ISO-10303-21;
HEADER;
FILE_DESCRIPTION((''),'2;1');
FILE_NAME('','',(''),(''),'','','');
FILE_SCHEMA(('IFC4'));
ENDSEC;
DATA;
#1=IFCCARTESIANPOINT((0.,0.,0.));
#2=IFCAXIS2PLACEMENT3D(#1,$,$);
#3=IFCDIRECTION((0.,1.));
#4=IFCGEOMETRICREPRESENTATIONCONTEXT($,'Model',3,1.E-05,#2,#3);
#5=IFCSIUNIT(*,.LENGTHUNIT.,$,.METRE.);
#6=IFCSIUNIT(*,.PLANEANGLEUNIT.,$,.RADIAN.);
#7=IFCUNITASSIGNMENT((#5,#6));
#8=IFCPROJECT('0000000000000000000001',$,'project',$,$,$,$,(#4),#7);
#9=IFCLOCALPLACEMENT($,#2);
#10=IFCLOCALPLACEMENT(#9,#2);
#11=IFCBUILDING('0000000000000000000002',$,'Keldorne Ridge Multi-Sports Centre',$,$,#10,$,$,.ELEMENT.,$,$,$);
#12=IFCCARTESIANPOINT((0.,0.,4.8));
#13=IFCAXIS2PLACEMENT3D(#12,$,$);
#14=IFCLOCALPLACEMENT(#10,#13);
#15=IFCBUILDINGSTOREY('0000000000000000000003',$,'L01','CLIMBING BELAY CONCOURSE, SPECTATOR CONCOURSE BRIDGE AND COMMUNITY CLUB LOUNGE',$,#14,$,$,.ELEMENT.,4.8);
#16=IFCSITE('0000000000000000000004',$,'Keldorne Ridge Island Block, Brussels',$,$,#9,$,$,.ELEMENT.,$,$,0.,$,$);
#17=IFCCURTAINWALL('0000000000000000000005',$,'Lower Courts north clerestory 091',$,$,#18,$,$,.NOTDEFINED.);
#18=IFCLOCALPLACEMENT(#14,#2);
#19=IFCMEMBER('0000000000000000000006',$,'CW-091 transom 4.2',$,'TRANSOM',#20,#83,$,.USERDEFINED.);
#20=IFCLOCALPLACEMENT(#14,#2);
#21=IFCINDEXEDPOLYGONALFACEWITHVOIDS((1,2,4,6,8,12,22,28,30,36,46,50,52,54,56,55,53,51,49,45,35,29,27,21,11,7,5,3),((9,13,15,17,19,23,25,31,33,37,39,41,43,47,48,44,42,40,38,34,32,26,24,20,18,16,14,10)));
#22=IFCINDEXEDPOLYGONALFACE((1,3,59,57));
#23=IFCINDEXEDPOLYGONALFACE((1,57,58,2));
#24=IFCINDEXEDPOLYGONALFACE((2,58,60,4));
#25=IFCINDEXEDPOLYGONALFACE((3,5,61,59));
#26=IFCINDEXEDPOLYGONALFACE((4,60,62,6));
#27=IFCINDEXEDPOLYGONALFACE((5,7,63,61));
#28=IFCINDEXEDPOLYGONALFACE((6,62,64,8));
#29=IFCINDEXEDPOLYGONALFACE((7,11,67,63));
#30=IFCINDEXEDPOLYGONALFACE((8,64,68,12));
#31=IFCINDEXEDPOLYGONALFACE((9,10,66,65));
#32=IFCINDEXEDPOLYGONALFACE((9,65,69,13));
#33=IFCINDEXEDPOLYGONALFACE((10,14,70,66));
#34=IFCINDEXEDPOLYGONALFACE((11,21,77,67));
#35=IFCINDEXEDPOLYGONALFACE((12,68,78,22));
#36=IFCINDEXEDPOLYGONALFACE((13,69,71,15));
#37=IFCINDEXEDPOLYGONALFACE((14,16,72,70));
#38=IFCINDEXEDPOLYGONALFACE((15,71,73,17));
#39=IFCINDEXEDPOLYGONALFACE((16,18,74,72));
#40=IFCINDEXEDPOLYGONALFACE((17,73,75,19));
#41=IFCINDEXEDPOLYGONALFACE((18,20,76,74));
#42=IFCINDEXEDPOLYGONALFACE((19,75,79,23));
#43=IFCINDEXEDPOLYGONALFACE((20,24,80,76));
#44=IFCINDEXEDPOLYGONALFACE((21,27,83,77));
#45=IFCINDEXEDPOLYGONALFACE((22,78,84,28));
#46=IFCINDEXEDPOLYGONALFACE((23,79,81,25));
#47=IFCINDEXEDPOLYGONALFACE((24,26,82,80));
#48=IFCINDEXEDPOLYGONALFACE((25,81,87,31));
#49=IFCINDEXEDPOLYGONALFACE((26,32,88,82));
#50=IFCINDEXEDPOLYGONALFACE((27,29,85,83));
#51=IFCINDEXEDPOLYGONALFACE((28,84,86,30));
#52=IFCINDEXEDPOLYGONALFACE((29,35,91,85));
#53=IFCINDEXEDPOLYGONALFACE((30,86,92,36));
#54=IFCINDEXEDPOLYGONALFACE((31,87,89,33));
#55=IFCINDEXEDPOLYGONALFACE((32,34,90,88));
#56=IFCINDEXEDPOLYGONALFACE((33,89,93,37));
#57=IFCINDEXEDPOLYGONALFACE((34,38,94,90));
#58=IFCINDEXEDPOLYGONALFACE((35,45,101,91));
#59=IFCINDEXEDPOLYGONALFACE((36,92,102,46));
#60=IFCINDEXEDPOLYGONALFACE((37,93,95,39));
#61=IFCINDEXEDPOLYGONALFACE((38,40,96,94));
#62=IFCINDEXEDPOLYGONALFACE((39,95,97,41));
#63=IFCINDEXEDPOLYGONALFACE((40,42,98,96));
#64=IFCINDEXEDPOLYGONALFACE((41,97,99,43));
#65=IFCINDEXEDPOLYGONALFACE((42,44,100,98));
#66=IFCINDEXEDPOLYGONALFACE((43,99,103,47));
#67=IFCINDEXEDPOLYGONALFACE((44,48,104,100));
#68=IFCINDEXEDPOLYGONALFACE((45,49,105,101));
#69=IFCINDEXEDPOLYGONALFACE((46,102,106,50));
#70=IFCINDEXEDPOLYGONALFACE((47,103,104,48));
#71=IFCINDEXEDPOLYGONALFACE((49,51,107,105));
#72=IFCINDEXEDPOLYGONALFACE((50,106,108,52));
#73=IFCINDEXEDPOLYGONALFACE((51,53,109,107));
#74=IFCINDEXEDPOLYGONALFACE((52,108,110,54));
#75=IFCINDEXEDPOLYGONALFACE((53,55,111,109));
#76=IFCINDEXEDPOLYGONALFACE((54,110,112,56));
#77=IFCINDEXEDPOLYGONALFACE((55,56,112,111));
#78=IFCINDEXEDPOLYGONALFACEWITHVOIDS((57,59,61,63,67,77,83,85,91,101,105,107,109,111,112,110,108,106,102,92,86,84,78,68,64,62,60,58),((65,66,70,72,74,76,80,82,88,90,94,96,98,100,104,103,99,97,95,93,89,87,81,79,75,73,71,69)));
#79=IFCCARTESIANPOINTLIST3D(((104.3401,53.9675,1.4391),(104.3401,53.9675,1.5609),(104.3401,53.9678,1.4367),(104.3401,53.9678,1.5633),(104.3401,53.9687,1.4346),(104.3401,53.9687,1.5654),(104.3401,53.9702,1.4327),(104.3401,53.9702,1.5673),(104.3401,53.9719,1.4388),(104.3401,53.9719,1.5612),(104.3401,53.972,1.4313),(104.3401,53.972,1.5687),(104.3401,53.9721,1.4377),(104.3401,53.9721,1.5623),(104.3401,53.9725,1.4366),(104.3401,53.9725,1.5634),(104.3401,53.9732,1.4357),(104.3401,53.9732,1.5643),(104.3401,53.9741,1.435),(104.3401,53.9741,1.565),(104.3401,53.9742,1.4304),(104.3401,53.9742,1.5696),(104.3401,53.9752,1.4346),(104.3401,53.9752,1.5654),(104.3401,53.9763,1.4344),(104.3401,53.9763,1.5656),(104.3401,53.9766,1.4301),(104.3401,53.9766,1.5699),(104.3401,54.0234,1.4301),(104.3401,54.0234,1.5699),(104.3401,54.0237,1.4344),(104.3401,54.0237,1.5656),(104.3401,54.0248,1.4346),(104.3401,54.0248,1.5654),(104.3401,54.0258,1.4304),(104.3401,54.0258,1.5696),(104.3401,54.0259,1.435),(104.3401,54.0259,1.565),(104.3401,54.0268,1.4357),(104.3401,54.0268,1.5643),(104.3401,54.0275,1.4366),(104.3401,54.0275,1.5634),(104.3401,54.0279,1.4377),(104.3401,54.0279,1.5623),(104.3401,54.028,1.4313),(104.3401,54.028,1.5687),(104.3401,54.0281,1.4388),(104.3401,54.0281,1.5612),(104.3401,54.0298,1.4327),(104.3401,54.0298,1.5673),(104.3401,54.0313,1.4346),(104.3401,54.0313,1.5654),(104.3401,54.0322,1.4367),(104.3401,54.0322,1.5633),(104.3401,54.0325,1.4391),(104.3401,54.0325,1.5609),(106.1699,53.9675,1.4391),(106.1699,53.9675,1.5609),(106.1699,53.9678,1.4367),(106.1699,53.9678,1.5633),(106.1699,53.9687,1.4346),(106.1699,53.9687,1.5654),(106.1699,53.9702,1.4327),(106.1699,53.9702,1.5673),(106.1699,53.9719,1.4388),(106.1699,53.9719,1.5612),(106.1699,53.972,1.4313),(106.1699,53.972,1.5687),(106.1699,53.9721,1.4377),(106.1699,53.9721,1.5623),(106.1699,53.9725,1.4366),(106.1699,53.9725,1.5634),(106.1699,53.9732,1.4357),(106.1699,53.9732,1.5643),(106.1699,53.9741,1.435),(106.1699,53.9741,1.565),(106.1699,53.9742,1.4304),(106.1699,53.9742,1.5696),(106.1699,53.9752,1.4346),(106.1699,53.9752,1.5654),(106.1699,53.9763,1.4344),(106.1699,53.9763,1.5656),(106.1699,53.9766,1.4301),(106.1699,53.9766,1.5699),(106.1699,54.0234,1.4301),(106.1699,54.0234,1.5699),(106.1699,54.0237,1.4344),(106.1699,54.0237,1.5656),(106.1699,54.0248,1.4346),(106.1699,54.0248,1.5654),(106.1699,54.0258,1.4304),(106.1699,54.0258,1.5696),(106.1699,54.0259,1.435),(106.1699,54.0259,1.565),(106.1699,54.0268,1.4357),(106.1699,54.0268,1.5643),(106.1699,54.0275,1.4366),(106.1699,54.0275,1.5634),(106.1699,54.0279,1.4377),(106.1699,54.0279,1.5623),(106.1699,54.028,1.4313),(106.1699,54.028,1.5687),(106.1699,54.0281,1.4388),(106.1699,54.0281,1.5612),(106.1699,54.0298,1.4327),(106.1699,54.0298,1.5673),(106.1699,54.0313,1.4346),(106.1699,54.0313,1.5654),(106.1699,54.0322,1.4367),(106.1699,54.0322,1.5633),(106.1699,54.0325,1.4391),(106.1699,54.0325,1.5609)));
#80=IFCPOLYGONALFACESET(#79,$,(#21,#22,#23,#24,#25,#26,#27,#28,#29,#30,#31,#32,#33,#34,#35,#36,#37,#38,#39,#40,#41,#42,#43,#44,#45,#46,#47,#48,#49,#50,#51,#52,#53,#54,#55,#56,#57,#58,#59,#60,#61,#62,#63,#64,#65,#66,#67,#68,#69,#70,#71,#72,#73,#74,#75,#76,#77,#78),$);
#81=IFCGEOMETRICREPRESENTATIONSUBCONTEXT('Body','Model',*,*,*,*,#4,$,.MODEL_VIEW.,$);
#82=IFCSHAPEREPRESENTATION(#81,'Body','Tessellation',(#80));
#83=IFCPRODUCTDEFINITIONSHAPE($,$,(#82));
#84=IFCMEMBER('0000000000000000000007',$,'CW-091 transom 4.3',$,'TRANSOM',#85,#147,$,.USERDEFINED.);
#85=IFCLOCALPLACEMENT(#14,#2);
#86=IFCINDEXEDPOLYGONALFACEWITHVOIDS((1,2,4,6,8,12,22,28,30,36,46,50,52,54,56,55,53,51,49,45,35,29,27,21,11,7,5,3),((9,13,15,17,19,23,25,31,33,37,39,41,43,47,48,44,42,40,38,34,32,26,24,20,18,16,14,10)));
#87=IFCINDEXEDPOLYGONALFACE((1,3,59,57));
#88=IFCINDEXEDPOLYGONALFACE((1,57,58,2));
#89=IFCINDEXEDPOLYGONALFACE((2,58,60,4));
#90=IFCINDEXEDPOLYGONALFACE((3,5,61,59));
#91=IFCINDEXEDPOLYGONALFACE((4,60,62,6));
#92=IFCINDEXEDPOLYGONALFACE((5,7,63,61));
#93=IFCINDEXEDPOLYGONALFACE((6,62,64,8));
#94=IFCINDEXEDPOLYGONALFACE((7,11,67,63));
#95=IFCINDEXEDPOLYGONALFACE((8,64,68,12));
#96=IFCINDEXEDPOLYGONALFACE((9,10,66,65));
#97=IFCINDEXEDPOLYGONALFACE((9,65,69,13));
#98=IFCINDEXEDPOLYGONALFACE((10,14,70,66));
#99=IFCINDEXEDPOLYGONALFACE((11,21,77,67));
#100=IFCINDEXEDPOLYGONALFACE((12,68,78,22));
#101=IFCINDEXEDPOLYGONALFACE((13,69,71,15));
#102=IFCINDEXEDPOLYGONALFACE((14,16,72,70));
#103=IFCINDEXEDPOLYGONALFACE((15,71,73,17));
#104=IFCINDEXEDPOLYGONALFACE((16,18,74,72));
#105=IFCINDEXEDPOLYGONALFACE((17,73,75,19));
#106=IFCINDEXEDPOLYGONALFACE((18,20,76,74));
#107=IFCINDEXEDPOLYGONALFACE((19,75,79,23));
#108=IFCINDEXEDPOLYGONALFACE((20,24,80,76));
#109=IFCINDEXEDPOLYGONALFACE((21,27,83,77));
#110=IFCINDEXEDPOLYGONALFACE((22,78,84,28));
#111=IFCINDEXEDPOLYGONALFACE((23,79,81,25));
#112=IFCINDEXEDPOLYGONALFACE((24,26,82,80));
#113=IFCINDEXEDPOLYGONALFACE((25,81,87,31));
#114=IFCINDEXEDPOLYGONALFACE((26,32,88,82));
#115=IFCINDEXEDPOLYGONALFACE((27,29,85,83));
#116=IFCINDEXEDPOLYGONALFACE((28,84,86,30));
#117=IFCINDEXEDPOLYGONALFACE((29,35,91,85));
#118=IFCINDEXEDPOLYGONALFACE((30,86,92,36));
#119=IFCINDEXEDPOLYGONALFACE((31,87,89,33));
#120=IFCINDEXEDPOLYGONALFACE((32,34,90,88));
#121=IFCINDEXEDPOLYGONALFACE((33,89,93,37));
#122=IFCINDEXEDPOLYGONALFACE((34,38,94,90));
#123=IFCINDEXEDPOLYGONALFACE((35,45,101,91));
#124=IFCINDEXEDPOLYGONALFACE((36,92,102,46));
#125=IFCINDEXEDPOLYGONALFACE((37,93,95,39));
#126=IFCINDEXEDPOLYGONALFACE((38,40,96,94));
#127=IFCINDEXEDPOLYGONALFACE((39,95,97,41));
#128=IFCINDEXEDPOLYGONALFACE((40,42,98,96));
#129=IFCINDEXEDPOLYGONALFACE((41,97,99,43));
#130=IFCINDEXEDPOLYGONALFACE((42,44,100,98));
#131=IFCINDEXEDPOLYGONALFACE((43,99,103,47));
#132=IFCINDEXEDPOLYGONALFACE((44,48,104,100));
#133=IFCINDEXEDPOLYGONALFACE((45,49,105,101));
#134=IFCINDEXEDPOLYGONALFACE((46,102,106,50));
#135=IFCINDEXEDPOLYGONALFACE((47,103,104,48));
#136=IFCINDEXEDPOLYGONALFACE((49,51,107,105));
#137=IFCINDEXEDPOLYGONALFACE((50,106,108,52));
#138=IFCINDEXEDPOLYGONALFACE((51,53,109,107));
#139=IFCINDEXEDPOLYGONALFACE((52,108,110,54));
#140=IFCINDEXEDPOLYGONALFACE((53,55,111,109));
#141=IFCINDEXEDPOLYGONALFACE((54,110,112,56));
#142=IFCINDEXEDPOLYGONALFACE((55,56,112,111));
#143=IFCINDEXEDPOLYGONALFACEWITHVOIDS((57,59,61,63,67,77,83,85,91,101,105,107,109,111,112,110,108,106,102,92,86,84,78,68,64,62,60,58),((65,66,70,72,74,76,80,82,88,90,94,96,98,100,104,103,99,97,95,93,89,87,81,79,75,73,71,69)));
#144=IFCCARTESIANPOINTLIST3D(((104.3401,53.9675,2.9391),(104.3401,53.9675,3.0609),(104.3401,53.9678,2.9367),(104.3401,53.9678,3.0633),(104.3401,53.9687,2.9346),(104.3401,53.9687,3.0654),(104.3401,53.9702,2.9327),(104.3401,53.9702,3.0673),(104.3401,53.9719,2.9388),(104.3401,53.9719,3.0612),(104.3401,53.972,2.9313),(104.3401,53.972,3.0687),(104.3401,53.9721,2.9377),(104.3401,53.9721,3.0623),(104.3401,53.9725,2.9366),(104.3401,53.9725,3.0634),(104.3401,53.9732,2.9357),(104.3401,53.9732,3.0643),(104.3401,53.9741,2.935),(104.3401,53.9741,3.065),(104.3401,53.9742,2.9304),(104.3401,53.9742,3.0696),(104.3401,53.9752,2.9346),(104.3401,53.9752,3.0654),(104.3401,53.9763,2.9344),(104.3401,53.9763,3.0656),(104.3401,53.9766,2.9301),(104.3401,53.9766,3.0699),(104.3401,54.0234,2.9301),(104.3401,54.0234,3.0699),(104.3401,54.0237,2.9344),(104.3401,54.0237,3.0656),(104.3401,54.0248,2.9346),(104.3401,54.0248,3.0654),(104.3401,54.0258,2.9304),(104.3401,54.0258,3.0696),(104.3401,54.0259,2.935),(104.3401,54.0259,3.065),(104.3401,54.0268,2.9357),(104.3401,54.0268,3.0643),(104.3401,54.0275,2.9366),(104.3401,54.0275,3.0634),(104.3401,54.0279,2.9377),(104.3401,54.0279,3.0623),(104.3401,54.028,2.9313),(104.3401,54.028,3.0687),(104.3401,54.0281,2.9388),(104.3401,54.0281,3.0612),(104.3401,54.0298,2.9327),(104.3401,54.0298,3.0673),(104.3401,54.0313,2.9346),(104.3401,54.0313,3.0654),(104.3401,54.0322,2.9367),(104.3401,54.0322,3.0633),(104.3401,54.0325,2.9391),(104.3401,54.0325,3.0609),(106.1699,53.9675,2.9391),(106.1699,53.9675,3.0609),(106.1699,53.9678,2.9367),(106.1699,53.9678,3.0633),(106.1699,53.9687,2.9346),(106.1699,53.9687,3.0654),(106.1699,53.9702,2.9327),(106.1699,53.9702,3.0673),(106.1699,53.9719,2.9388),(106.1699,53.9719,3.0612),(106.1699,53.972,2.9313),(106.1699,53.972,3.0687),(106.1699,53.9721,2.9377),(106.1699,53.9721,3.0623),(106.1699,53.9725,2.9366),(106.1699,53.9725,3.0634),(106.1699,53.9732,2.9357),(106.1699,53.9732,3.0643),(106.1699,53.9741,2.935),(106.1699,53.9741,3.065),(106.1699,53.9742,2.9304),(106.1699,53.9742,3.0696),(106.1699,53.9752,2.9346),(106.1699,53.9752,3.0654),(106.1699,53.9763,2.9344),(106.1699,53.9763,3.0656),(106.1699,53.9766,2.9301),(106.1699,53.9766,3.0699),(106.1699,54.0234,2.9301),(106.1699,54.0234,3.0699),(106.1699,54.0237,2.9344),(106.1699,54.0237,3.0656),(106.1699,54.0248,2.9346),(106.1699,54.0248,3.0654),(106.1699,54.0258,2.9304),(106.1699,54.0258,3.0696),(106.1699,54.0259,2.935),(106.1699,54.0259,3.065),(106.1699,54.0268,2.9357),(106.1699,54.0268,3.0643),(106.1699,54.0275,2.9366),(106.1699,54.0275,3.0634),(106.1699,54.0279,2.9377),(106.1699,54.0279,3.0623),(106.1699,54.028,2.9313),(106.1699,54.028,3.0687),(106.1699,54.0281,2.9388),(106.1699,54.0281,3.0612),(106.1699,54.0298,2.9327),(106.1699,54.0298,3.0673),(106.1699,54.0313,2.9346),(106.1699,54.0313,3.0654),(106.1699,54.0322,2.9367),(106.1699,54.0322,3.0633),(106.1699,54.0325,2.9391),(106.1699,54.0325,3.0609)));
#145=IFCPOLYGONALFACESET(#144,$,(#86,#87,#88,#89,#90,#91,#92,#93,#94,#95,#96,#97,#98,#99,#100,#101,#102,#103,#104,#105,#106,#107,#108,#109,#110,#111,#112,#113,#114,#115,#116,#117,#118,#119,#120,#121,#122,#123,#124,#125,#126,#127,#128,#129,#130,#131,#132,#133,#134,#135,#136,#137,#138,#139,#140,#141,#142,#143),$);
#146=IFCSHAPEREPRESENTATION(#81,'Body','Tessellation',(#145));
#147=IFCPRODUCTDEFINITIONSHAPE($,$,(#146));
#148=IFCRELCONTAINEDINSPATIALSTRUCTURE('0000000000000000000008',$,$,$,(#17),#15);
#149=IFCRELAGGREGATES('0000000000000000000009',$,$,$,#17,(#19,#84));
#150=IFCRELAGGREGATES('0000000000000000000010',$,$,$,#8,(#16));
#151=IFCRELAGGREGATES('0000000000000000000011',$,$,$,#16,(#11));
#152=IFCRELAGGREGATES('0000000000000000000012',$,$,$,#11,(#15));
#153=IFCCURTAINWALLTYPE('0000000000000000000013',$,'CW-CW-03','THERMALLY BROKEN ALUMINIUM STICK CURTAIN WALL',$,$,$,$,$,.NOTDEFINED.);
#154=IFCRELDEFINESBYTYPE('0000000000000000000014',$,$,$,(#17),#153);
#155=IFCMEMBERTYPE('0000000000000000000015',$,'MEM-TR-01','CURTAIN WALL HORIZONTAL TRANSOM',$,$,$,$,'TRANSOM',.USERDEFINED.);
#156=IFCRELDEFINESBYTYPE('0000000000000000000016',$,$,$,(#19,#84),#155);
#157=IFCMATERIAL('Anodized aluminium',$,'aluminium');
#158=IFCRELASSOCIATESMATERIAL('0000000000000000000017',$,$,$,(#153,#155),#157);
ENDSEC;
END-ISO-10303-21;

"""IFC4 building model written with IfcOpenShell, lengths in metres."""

from ifc_helpers import new_model, si_unit, direction, frame, origin, origin_2d, place, context, subcontext, project, spatial, hollow_rectangle, extrude, material, material_profile, profile_set, type_object, element, aggregate, save


model = new_model("IFC4")

# Units and contexts
model_context = context("Model", 3, precision=1e-05, world=origin(), true_north=direction((0.0, 1.0)))
body_context = subcontext(model_context, "Body", "Model", "MODEL_VIEW")
ifc_project = project(units=[si_unit("LENGTHUNIT", "METRE"), si_unit("PLANEANGLEUNIT", "RADIAN")], contexts=[model_context])

# Site, building, storey
site_placement = place(None, origin())
site = spatial("IfcSite", under=ifc_project, at=site_placement, Name="Keldorne Ridge Island Block, Brussels", CompositionType="ELEMENT", RefElevation=0.0)
building_placement = place(site_placement, origin())
building = spatial("IfcBuilding", under=site, at=building_placement, Name="Keldorne Ridge Multi-Sports Centre", CompositionType="ELEMENT")
storey_placement = place(building_placement, frame((0.0, 0.0, 4.8)))
storey = spatial("IfcBuildingStorey", under=building, at=storey_placement, Name="L01", Description="CLIMBING BELAY CONCOURSE, SPECTATOR CONCOURSE BRIDGE AND COMMUNITY CLUB LOUNGE", CompositionType="ELEMENT", Elevation=4.8)

# Curtain wall, members
ifc_material_1 = material(Name="Anodized aluminium", Category="aluminium")
curtain_wall_type = type_object("IfcCurtainWallType", Name="CW-CW-03", Description="THERMALLY BROKEN ALUMINIUM STICK CURTAIN WALL", PredefinedType="NOTDEFINED", material=ifc_material_1)
curtain_wall_placement = place(storey_placement, origin())
curtain_wall = element("IfcCurtainWall", 1, at=curtain_wall_placement, inside=storey, type_object=curtain_wall_type, Name="Lower Courts north clerestory 091", PredefinedType="NOTDEFINED")
ifc_material_profile_1 = material_profile(ifc_material_1, hollow_rectangle(XDim=0.0649, YDim=0.1399, WallThickness=0.0044, InnerFilletRadius=0.0044, OuterFilletRadius=0.009, at=origin_2d()), Name="ALU TRANSOM 140x65x4.5")
ifc_profile_set_1 = profile_set([ifc_material_profile_1], Name="Anodized aluminium")
member_type_1 = type_object("IfcMemberType", Name="MEM-TR-01", Description="CURTAIN WALL HORIZONTAL TRANSOM", ElementType="TRANSOM", PredefinedType="USERDEFINED", material=ifc_profile_set_1)
member_1_placement = place(storey_placement, frame((106.1699, 54.0, 1.5), z_axis=(-1.0, 0.0, 0.0), x_axis=(0.0, -1.0, 0.0)))
member_1 = element("IfcMember", 2, at=member_1_placement, type_object=member_type_1, Name="CW-091 transom 4.2", ObjectType="TRANSOM", PredefinedType="USERDEFINED", context=body_context, shape_type="SweptSolid", body=[
    extrude(hollow_rectangle(XDim=0.0649, YDim=0.1399, WallThickness=0.0044, InnerFilletRadius=0.0044, OuterFilletRadius=0.009, at=origin_2d()), origin(), (0.0, 0.0, 1.0), 1.8298),
])
member_2_placement = place(storey_placement, frame((106.1699, 54.0, 3.0), z_axis=(-1.0, 0.0, 0.0), x_axis=(0.0, -1.0, 0.0)))
member_2 = element("IfcMember", 3, at=member_2_placement, type_object=member_type_1, Name="CW-091 transom 4.3", ObjectType="TRANSOM", PredefinedType="USERDEFINED", context=body_context, shape_type="SweptSolid", body=[
    extrude(hollow_rectangle(XDim=0.0649, YDim=0.1399, WallThickness=0.0044, InnerFilletRadius=0.0044, OuterFilletRadius=0.009, at=origin_2d()), origin(), (0.0, 0.0, 1.0), 1.8298),
])
aggregate(curtain_wall, [member_1, member_2])

save(model, "model.ifc")
